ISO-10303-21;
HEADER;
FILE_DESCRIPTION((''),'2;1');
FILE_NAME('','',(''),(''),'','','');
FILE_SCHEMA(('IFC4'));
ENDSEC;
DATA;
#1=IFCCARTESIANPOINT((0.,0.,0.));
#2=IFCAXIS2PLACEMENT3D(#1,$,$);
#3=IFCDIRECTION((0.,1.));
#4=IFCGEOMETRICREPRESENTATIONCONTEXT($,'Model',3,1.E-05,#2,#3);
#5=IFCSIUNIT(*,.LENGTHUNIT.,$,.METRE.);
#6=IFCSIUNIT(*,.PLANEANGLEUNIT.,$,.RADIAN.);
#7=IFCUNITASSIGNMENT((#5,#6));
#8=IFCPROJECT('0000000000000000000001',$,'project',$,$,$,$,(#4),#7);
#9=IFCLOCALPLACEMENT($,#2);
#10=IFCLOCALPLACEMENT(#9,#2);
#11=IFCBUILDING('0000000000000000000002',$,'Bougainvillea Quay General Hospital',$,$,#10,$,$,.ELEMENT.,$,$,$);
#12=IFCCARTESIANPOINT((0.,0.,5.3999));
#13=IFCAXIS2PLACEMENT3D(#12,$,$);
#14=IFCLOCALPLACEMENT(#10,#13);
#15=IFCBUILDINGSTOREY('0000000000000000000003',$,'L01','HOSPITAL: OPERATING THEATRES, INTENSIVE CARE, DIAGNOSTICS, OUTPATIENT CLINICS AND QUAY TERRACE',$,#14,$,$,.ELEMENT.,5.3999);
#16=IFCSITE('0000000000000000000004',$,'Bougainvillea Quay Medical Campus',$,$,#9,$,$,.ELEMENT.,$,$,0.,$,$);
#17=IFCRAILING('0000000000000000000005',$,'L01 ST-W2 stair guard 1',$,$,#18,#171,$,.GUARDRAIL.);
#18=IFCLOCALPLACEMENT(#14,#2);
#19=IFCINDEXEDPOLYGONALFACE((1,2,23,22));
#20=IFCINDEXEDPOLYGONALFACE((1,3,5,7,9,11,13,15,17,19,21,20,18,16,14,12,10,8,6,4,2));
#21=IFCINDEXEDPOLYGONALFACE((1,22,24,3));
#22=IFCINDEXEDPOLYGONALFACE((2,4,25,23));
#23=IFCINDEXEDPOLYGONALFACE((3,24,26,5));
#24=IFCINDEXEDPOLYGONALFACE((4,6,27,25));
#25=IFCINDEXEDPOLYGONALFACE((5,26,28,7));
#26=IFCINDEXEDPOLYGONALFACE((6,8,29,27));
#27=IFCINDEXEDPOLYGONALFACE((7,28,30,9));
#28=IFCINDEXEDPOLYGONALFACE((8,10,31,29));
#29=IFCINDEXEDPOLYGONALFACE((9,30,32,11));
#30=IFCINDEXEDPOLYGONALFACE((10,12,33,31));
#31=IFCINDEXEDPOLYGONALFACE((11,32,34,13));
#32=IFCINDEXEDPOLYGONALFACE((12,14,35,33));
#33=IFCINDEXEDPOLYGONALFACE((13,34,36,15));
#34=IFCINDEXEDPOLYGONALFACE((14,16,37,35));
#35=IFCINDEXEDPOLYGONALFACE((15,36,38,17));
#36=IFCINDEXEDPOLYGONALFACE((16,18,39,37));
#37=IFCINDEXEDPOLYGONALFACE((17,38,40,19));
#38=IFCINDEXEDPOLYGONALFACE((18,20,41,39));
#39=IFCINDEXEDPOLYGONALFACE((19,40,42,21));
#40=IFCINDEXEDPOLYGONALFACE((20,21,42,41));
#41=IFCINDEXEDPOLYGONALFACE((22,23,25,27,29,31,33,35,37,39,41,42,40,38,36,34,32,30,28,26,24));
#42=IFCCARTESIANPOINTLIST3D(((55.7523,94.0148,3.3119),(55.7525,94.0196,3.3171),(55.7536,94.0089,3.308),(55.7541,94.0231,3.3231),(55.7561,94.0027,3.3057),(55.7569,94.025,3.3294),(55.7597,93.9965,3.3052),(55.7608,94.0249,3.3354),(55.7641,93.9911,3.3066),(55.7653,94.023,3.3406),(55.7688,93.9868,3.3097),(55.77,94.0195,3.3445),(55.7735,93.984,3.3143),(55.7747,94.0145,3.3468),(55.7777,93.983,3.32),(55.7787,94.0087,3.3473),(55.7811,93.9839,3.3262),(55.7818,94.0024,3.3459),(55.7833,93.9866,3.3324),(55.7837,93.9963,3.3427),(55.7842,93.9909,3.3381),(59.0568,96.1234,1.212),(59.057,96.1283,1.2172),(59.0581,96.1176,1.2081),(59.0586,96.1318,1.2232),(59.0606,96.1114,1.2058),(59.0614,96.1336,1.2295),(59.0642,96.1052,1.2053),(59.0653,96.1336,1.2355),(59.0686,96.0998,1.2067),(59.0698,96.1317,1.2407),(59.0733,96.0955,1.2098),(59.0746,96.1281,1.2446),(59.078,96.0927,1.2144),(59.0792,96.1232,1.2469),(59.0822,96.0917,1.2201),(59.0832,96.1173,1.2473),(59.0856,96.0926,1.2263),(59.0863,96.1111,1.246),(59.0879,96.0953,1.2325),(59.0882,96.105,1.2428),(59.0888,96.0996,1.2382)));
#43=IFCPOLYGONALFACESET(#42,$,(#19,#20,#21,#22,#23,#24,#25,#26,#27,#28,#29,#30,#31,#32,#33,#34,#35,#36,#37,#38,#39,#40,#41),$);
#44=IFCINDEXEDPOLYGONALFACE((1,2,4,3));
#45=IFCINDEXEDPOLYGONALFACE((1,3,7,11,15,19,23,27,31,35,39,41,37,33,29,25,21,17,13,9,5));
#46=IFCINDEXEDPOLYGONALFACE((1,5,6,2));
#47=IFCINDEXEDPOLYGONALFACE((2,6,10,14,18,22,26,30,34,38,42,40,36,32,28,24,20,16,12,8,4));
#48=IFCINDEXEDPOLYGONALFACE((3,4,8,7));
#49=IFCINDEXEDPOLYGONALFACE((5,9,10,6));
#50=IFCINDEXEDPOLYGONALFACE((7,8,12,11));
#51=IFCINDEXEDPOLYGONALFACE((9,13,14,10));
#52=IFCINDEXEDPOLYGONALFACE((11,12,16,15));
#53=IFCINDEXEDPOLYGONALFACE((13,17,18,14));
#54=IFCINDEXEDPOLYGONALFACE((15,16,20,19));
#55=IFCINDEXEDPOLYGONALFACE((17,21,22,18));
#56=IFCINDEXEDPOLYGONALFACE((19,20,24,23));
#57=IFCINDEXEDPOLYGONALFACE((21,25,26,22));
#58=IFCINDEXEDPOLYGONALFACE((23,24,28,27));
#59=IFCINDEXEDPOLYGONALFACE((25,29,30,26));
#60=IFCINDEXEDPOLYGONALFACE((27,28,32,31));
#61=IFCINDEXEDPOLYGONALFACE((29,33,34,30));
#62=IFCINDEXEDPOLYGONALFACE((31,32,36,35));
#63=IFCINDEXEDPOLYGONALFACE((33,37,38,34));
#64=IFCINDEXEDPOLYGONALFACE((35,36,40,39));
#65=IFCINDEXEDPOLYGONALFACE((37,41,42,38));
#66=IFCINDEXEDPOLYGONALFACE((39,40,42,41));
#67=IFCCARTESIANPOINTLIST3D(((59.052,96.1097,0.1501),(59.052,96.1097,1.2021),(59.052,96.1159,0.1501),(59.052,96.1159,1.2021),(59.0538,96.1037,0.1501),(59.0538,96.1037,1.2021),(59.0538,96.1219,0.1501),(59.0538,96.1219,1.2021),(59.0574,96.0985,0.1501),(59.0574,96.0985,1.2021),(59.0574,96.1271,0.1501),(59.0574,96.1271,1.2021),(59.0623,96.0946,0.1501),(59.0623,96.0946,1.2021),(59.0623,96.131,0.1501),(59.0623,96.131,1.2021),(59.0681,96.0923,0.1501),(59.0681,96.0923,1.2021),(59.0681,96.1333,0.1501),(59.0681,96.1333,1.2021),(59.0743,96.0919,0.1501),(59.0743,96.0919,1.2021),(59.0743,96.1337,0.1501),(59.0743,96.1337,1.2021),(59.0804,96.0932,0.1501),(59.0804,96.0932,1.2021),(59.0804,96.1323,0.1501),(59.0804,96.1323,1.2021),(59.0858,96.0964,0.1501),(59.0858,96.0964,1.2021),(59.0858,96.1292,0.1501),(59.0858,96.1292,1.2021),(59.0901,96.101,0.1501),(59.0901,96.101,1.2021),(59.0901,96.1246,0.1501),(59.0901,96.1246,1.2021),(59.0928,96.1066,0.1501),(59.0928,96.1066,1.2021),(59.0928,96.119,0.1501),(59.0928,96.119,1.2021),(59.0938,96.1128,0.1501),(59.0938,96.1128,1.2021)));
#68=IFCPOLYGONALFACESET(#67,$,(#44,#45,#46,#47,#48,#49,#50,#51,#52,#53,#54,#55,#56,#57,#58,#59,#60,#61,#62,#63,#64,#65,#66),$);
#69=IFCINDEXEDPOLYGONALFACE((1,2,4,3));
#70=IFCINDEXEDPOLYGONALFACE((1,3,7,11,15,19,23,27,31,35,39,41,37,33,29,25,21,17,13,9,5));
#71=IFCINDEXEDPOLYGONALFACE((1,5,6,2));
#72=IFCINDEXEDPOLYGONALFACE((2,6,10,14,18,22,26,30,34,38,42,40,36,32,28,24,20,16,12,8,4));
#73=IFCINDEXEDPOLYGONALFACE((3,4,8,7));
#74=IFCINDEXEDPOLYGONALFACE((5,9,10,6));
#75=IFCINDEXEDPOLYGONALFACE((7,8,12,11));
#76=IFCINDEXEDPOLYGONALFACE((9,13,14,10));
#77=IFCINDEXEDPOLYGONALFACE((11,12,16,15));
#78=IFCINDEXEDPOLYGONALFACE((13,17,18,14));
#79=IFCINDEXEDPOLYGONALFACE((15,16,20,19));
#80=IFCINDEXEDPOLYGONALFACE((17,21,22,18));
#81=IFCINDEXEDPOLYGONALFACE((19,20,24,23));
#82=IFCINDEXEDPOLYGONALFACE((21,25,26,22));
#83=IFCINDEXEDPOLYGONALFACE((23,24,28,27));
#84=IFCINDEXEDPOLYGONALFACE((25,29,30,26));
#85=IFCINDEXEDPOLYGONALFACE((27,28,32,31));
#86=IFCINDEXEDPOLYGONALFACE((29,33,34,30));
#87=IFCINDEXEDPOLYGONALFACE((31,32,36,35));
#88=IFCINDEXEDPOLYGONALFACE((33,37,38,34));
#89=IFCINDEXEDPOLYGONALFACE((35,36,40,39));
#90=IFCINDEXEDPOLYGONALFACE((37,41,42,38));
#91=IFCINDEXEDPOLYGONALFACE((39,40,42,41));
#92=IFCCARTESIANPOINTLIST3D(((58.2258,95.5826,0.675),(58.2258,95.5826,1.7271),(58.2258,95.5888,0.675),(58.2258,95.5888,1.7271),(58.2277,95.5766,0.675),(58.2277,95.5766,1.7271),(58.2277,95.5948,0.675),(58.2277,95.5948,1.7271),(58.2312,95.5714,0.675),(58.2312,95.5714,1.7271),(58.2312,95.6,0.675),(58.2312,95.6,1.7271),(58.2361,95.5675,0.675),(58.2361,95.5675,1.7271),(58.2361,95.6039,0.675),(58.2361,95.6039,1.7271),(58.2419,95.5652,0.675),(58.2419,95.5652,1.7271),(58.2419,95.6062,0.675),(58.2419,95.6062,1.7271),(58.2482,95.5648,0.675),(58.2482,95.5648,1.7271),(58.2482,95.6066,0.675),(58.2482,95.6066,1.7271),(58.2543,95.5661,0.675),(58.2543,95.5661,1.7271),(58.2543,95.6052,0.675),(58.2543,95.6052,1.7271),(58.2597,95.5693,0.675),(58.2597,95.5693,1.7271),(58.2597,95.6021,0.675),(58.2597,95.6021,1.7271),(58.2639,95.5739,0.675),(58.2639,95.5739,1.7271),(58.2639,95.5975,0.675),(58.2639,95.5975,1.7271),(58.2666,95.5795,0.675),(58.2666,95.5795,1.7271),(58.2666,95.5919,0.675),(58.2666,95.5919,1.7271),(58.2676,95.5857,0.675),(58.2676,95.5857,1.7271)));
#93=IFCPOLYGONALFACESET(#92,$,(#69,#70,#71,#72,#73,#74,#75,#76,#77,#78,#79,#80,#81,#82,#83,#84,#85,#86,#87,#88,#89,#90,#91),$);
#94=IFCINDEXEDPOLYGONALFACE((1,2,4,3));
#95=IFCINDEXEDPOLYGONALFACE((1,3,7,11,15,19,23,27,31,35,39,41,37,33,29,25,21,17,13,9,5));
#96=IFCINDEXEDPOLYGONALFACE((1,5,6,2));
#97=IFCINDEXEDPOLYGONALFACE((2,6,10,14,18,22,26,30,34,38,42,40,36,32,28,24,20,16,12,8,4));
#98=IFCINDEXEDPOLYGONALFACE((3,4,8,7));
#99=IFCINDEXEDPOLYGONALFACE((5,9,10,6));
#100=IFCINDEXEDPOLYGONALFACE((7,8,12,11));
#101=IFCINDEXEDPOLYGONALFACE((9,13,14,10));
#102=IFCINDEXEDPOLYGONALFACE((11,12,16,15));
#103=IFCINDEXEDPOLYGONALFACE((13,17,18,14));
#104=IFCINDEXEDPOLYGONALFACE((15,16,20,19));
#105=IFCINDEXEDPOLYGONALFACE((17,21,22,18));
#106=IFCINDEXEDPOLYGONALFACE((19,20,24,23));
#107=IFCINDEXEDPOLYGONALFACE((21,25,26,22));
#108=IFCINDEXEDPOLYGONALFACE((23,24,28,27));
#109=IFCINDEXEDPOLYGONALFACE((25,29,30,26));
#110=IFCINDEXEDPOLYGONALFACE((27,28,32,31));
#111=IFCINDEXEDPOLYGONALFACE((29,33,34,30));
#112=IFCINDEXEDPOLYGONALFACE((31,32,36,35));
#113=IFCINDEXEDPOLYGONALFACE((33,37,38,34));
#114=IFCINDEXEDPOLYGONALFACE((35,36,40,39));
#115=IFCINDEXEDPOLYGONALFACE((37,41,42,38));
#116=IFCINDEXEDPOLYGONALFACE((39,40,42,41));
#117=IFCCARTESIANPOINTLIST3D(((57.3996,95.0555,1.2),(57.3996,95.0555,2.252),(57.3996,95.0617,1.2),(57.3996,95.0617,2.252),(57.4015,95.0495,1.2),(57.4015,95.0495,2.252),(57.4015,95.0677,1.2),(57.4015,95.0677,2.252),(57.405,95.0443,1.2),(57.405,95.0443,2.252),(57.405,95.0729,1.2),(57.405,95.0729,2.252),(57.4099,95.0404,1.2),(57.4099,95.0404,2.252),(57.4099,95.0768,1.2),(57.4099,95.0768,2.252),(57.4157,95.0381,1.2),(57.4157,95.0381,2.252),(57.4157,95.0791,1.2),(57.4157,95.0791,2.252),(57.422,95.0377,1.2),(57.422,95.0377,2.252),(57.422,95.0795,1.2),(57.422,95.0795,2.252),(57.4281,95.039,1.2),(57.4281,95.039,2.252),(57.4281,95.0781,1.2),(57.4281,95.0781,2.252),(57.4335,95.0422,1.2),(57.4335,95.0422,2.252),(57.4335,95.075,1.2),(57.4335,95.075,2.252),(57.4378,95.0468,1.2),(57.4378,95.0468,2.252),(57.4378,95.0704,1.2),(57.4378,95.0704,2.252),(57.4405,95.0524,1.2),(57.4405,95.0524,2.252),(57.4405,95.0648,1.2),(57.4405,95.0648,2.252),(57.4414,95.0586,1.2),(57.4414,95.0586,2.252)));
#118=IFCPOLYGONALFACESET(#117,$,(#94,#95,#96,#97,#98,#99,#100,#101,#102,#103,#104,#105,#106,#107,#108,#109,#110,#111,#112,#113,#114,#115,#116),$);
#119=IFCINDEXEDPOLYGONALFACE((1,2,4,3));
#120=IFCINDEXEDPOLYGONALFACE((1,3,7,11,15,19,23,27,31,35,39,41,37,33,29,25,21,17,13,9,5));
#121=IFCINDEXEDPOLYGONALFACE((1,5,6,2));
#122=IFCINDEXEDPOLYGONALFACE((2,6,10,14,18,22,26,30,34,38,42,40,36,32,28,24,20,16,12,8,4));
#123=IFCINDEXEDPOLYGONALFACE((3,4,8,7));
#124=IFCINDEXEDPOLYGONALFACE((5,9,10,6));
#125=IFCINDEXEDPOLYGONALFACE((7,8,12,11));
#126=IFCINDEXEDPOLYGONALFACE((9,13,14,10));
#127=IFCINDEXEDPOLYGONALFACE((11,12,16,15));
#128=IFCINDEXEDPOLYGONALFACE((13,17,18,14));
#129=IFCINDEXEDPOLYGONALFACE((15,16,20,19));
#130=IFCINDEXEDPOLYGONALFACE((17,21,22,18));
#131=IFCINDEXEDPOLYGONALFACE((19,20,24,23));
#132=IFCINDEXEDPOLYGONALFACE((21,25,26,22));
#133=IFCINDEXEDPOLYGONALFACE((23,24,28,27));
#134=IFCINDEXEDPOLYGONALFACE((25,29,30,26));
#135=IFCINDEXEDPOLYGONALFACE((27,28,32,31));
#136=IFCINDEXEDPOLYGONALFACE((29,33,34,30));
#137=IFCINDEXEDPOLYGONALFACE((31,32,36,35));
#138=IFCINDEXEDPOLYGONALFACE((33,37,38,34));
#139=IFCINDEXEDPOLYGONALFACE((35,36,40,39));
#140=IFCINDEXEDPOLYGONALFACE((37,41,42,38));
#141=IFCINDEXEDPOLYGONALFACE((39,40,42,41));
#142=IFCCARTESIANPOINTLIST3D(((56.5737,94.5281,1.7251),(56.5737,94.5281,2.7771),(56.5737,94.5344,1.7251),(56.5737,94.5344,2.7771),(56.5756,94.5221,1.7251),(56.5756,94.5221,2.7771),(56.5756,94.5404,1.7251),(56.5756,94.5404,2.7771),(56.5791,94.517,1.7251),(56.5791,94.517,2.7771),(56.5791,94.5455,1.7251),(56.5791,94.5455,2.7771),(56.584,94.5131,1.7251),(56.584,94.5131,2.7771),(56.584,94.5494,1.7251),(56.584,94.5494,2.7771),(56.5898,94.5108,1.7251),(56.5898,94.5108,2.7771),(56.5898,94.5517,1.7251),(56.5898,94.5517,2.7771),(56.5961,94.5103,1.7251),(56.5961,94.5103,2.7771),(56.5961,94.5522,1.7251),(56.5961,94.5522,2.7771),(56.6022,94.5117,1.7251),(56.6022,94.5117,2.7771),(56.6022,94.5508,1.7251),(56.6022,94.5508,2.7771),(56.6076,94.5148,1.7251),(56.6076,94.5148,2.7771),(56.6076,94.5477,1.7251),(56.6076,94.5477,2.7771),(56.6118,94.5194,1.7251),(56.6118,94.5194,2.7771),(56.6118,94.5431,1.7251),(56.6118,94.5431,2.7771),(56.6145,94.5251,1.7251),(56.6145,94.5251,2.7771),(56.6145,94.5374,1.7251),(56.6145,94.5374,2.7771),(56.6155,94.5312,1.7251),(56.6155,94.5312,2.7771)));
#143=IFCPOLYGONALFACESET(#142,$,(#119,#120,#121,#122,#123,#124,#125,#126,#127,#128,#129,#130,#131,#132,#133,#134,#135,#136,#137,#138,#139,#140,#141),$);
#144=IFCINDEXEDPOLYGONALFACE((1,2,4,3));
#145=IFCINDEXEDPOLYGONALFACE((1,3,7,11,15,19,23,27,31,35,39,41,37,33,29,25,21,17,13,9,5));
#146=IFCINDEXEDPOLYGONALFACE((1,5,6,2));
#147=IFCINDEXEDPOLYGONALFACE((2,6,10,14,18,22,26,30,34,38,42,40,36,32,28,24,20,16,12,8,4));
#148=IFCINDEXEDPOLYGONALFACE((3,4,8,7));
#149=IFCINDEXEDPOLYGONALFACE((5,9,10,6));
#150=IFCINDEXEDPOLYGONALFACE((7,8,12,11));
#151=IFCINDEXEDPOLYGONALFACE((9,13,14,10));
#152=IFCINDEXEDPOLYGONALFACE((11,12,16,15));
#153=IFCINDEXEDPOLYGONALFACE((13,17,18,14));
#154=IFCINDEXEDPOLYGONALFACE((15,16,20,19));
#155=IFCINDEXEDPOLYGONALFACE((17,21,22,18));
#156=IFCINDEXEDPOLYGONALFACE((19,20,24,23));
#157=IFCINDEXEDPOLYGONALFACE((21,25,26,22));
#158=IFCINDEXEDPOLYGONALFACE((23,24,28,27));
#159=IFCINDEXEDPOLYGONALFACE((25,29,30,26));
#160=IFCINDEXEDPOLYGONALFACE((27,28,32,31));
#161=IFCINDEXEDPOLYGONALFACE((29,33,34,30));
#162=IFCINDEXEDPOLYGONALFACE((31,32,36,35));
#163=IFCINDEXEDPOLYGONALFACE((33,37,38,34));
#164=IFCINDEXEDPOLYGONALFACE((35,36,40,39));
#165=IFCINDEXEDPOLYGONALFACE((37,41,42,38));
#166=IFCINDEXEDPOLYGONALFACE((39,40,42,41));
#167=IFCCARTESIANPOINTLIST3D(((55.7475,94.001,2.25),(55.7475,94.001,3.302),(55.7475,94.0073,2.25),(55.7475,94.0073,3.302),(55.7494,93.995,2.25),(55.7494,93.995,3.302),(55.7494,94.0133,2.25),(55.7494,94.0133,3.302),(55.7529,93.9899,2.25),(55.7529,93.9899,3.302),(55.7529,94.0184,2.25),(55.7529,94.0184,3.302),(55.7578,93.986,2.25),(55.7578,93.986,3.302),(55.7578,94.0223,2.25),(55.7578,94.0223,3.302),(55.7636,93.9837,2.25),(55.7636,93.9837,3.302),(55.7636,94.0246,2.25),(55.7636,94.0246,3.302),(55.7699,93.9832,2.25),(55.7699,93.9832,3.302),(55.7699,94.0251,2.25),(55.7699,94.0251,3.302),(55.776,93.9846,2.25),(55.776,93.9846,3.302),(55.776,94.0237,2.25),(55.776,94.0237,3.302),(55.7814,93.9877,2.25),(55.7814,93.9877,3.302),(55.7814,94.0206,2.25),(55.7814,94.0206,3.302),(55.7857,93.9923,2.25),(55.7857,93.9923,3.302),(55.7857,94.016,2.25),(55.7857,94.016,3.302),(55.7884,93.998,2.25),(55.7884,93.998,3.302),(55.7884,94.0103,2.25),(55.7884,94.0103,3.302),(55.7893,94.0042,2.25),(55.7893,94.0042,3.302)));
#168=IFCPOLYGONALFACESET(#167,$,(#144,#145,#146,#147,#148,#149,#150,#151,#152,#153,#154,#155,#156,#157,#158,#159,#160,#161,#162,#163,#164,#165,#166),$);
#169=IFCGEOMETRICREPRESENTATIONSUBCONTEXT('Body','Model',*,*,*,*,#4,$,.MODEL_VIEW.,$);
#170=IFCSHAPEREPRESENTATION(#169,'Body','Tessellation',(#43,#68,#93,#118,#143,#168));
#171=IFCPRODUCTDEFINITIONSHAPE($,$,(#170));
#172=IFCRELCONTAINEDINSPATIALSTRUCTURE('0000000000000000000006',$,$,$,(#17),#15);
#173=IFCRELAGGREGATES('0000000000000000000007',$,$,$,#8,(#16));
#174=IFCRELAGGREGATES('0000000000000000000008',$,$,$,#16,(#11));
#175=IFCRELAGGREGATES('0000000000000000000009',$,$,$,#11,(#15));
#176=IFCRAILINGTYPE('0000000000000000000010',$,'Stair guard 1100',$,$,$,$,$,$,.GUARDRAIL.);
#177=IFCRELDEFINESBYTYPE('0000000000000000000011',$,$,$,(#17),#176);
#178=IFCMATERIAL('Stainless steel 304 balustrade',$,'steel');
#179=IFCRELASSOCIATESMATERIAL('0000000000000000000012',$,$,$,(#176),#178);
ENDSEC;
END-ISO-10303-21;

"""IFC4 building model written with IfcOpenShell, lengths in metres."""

from ifc_helpers import new_model, si_unit, direction, frame, origin, origin_2d, place, context, subcontext, project, spatial, circle, extrude, material, type_object, element, save


model = new_model("IFC4")

# Units and contexts
model_context = context("Model", 3, precision=1e-05, world=origin(), true_north=direction((0.0, 1.0)))
body_context = subcontext(model_context, "Body", "Model", "MODEL_VIEW")
ifc_project = project(units=[si_unit("LENGTHUNIT", "METRE"), si_unit("PLANEANGLEUNIT", "RADIAN")], contexts=[model_context])

# Site, building, storey
site_placement = place(None, origin())
site = spatial("IfcSite", under=ifc_project, at=site_placement, Name="Bougainvillea Quay Medical Campus", CompositionType="ELEMENT", RefElevation=0.0)
building_placement = place(site_placement, origin())
building = spatial("IfcBuilding", under=site, at=building_placement, Name="Bougainvillea Quay General Hospital", CompositionType="ELEMENT")
storey_placement = place(building_placement, frame((0.0, 0.0, 5.3999)))
storey = spatial("IfcBuildingStorey", under=building, at=storey_placement, Name="L01", Description="HOSPITAL: OPERATING THEATRES, INTENSIVE CARE, DIAGNOSTICS, OUTPATIENT CLINICS AND QUAY TERRACE", CompositionType="ELEMENT", Elevation=5.3999)

# Railing
ifc_material_1 = material(Name="Stainless steel 304 balustrade", Category="steel")
railing_type_1 = type_object("IfcRailingType", Name="Stair guard 1100", PredefinedType="GUARDRAIL", material=ifc_material_1)
railing_1_placement = place(storey_placement, frame((59.0728, 96.1128, 0.1501)))
element("IfcRailing", 1, at=railing_1_placement, inside=storey, type_object=railing_type_1, Name="L01 ST-W2 stair guard 1", PredefinedType="GUARDRAIL", context=body_context, shape_type="SweptSolid", body=[
    extrude(circle(Radius=0.0239, at=origin_2d()), frame((0.0, 0.0, 1.0762), z_axis=(-0.743086, -0.47418, 0.472204), x_axis=(0.537931, -0.842989, 0.0)), (0.0, 0.0, 1.0), 4.447),
    extrude(circle(Radius=0.021, at=origin_2d()), origin(), (0.0, 0.0, 1.0), 1.052),
    extrude(circle(Radius=0.021, at=origin_2d()), frame((-0.8262, -0.5271, 0.5249)), (0.0, 0.0, 1.0), 1.052),
    extrude(circle(Radius=0.021, at=origin_2d()), frame((-1.6523, -1.0542, 1.0498)), (0.0, 0.0, 1.0), 1.052),
    extrude(circle(Radius=0.021, at=origin_2d()), frame((-2.4783, -1.5815, 1.575)), (0.0, 0.0, 1.0), 1.052),
    extrude(circle(Radius=0.021, at=origin_2d()), frame((-3.3044, -2.1086, 2.0999)), (0.0, 0.0, 1.0), 1.052),
])

save(model, "model.ifc")
